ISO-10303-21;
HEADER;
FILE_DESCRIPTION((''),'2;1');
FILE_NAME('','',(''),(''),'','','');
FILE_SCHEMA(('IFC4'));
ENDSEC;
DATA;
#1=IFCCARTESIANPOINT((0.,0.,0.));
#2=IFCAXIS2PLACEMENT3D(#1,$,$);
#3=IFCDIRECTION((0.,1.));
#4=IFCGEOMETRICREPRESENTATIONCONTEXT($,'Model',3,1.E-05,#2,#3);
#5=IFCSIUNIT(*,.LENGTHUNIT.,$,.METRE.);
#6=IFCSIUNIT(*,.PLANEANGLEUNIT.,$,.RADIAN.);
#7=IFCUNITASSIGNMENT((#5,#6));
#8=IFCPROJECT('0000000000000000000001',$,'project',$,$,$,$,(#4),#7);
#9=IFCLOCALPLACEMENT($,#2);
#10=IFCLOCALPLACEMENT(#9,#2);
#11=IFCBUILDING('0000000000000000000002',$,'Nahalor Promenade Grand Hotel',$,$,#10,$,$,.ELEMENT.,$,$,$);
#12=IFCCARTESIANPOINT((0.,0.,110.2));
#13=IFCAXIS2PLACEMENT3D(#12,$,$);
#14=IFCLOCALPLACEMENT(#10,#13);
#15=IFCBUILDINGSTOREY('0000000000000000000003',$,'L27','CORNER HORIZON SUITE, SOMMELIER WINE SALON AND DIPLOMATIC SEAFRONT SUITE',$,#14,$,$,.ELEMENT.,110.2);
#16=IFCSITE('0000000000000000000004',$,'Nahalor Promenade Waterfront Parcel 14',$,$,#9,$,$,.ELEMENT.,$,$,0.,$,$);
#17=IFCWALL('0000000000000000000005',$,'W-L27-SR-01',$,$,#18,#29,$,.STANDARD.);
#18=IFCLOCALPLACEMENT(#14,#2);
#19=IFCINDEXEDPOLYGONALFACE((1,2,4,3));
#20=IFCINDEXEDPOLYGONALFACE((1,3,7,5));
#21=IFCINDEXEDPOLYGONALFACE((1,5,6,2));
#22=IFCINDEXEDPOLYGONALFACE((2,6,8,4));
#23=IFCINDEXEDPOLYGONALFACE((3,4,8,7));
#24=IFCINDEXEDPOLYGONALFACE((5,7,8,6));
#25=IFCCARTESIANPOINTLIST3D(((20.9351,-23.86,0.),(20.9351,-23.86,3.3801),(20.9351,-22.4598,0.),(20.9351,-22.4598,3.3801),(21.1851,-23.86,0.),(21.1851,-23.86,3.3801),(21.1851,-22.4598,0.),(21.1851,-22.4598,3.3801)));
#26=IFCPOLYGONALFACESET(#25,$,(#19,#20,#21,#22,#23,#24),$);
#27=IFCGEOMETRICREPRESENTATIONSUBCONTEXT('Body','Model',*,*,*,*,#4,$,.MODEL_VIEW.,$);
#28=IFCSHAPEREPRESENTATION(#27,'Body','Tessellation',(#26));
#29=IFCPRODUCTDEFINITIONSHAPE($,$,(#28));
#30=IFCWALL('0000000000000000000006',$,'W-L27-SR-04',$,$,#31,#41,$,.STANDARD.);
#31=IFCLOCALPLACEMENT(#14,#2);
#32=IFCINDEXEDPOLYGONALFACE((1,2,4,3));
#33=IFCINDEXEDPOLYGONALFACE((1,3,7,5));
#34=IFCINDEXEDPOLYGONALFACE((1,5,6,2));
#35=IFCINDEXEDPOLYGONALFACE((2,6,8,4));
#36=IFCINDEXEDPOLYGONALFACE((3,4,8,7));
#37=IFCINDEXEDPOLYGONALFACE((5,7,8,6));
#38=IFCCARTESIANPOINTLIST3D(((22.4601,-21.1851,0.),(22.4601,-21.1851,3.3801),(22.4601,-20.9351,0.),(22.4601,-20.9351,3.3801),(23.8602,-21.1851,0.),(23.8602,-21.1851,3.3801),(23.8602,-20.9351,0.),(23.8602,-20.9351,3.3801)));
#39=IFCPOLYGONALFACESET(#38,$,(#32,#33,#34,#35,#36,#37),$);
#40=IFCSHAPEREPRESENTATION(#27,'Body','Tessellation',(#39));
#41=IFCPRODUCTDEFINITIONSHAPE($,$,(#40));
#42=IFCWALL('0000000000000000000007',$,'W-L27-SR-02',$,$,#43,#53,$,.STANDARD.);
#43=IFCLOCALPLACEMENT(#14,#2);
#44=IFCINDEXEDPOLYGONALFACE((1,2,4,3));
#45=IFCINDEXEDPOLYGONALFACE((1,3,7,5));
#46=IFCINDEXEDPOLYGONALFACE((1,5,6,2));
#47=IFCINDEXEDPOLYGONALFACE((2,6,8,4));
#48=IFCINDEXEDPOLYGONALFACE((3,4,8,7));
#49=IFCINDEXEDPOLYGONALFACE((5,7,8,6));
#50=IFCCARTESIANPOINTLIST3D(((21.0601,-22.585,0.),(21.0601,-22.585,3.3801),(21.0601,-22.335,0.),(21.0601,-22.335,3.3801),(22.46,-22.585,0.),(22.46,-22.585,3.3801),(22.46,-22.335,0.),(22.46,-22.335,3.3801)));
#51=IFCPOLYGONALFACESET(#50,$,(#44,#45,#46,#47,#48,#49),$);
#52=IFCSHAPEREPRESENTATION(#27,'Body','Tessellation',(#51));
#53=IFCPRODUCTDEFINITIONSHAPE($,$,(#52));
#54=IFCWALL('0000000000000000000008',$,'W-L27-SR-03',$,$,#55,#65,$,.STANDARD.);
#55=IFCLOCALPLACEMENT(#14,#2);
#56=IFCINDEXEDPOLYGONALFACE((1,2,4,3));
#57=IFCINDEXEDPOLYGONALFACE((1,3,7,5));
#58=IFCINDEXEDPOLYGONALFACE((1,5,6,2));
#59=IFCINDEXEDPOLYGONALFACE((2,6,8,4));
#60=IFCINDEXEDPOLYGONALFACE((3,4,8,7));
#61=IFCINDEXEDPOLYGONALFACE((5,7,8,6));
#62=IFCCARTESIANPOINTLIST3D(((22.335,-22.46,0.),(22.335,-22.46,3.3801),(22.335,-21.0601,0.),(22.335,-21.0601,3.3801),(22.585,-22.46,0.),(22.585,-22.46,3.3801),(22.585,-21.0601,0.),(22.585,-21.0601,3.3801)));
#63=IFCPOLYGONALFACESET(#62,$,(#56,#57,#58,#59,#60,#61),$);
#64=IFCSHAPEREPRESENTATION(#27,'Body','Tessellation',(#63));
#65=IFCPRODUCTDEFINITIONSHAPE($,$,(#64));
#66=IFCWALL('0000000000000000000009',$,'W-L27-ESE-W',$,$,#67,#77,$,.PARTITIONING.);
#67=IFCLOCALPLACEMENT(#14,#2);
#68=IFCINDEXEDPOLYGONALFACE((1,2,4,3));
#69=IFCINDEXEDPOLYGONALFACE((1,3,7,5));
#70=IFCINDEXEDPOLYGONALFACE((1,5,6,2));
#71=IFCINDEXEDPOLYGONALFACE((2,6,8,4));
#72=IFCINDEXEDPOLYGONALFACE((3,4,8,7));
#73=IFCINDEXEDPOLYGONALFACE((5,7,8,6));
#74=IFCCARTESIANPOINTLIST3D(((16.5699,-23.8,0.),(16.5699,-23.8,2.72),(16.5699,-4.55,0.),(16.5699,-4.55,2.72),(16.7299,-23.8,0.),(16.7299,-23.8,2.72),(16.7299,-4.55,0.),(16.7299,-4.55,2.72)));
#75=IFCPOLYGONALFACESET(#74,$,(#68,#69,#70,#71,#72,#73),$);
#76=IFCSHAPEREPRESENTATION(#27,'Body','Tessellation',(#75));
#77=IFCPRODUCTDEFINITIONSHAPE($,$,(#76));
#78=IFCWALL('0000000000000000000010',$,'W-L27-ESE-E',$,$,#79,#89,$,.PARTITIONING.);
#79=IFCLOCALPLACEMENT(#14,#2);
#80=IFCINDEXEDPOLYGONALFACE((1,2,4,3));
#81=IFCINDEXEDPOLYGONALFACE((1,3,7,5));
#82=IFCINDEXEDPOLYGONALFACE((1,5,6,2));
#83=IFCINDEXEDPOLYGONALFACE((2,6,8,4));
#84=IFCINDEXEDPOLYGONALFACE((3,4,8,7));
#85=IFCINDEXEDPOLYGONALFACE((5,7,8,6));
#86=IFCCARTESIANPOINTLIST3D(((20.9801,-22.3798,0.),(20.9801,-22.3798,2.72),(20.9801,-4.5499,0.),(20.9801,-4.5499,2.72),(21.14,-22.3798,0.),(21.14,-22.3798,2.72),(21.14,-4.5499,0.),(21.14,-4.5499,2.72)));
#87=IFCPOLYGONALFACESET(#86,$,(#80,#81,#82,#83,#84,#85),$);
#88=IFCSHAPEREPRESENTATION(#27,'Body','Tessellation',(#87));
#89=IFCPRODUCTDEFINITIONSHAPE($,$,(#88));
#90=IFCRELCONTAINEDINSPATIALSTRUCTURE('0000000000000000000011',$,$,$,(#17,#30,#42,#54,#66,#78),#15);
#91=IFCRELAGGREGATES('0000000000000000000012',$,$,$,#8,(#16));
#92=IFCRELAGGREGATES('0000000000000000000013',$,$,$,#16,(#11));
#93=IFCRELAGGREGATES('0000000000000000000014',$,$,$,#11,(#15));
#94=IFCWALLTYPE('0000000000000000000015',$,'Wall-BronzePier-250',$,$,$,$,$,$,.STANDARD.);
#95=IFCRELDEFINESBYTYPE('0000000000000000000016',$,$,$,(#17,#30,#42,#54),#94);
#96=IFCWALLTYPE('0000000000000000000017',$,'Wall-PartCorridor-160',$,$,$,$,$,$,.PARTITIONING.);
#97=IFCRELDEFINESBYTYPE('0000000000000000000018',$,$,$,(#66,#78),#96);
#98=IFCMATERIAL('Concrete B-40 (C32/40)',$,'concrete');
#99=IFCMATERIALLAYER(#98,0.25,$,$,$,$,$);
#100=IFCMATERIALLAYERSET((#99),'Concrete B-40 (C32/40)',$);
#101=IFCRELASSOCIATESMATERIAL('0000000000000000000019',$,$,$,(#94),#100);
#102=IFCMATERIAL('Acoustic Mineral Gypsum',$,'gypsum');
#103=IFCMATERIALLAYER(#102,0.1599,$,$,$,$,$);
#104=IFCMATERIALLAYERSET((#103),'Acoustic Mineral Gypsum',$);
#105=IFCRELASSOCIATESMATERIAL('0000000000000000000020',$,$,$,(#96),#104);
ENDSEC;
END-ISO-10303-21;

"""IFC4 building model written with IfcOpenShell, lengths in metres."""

from ifc_helpers import new_model, si_unit, direction, frame, frame_2d, origin, place, context, subcontext, project, spatial, rectangle, extrude, source, transform, mapped, material, layer, layer_set, type_object, element, save


model = new_model("IFC4")

# Units and contexts
model_context = context("Model", 3, precision=1e-05, world=origin(), true_north=direction((0.0, 1.0)))
body_context = subcontext(model_context, "Body", "Model", "MODEL_VIEW")
ifc_project = project(units=[si_unit("LENGTHUNIT", "METRE"), si_unit("PLANEANGLEUNIT", "RADIAN")], contexts=[model_context])

# Site, building, storey
site_placement = place(None, origin())
site = spatial("IfcSite", under=ifc_project, at=site_placement, Name="Nahalor Promenade Waterfront Parcel 14", CompositionType="ELEMENT", RefElevation=0.0)
building_placement = place(site_placement, origin())
building = spatial("IfcBuilding", under=site, at=building_placement, Name="Nahalor Promenade Grand Hotel", CompositionType="ELEMENT")
storey_placement = place(building_placement, frame((0.0, 0.0, 110.2)))
storey = spatial("IfcBuildingStorey", under=building, at=storey_placement, Name="L27", Description="CORNER HORIZON SUITE, SOMMELIER WINE SALON AND DIPLOMATIC SEAFRONT SUITE", CompositionType="ELEMENT", Elevation=110.2)

# Walls
ifc_material_1 = material(Name="Concrete B-40 (C32/40)", Category="concrete")
ifc_layer_1 = layer(ifc_material_1, 0.25)
ifc_layer_set_1 = layer_set([ifc_layer_1], Name="Concrete B-40 (C32/40)")
wall_type_1 = type_object("IfcWallType", Name="Wall-BronzePier-250", PredefinedType="STANDARD", material=ifc_layer_set_1)
shared_shape_1 = source(origin(), body_context, "Body", "SweptSolid", [
    extrude(rectangle(XDim=1.4001, YDim=0.25, at=frame_2d((0.7002, 0.0))), origin(), (0.0, 0.0, 1.0), 3.3801),
])
for number, where, z_axis, x_axis, name in (
    (1, (21.0601, -23.8601, 0.0), (0.0, 0.0, 1.0), (0.0, 1.0, 0.0), "W-L27-SR-01"),
    (2, (22.46, -21.0601, 0.0), (0.0, 0.0, 1.0), (1.0, 0.0, 0.0), "W-L27-SR-04"),
):
    element("IfcWall", number, at=place(storey_placement, frame(where, z_axis=z_axis, x_axis=x_axis)), inside=storey, type_object=wall_type_1, Name=name, PredefinedType="STANDARD", context=body_context, shape_type="MappedRepresentation", body=[
        mapped(shared_shape_1, transform((0.0, 0.0, 0.0), scale=1.0)),
    ])
shared_shape_2 = source(origin(), body_context, "Body", "SweptSolid", [
    extrude(rectangle(XDim=1.3999, YDim=0.25, at=frame_2d((0.7, 0.0))), origin(), (0.0, 0.0, 1.0), 3.3801),
])
for number, where, z_axis, x_axis, name in (
    (3, (21.0601, -22.46, 0.0), (0.0, 0.0, 1.0), (1.0, 0.0, 0.0), "W-L27-SR-02"),
    (4, (22.46, -22.46, 0.0), (0.0, 0.0, 1.0), (0.0, 1.0, 0.0), "W-L27-SR-03"),
):
    element("IfcWall", number, at=place(storey_placement, frame(where, z_axis=z_axis, x_axis=x_axis)), inside=storey, type_object=wall_type_1, Name=name, PredefinedType="STANDARD", context=body_context, shape_type="MappedRepresentation", body=[
        mapped(shared_shape_2, transform((0.0, 0.0, 0.0), scale=1.0)),
    ])
ifc_material_2 = material(Name="Acoustic Mineral Gypsum", Category="gypsum")
ifc_layer_2 = layer(ifc_material_2, 0.1599)
ifc_layer_set_2 = layer_set([ifc_layer_2], Name="Acoustic Mineral Gypsum")
wall_type_2 = type_object("IfcWallType", Name="Wall-PartCorridor-160", PredefinedType="PARTITIONING", material=ifc_layer_set_2)
shared_shape_3 = source(origin(), body_context, "Body", "SweptSolid", [
    extrude(rectangle(XDim=19.25, YDim=0.1599, at=frame_2d((9.625, 0.0))), origin(), (0.0, 0.0, 1.0), 2.72),
])
wall_1_placement = place(storey_placement, frame((16.6499, -23.8, 0.0), z_axis=(0.0, 0.0, 1.0), x_axis=(0.0, 1.0, 0.0)))
element("IfcWall", 5, at=wall_1_placement, inside=storey, type_object=wall_type_2, Name="W-L27-ESE-W", PredefinedType="PARTITIONING", context=body_context, shape_type="MappedRepresentation", body=[
    mapped(shared_shape_3, transform((0.0, 0.0, 0.0), scale=1.0)),
])
shared_shape_4 = source(origin(), body_context, "Body", "SweptSolid", [
    extrude(rectangle(XDim=17.8298, YDim=0.1599, at=frame_2d((8.915, 0.0))), origin(), (0.0, 0.0, 1.0), 2.72),
])
wall_2_placement = place(storey_placement, frame((21.0601, -22.3799, 0.0), z_axis=(0.0, 0.0, 1.0), x_axis=(0.0, 1.0, 0.0)))
element("IfcWall", 6, at=wall_2_placement, inside=storey, type_object=wall_type_2, Name="W-L27-ESE-E", PredefinedType="PARTITIONING", context=body_context, shape_type="MappedRepresentation", body=[
    mapped(shared_shape_4, transform((0.0, 0.0, 0.0), scale=1.0)),
])

save(model, "model.ifc")
